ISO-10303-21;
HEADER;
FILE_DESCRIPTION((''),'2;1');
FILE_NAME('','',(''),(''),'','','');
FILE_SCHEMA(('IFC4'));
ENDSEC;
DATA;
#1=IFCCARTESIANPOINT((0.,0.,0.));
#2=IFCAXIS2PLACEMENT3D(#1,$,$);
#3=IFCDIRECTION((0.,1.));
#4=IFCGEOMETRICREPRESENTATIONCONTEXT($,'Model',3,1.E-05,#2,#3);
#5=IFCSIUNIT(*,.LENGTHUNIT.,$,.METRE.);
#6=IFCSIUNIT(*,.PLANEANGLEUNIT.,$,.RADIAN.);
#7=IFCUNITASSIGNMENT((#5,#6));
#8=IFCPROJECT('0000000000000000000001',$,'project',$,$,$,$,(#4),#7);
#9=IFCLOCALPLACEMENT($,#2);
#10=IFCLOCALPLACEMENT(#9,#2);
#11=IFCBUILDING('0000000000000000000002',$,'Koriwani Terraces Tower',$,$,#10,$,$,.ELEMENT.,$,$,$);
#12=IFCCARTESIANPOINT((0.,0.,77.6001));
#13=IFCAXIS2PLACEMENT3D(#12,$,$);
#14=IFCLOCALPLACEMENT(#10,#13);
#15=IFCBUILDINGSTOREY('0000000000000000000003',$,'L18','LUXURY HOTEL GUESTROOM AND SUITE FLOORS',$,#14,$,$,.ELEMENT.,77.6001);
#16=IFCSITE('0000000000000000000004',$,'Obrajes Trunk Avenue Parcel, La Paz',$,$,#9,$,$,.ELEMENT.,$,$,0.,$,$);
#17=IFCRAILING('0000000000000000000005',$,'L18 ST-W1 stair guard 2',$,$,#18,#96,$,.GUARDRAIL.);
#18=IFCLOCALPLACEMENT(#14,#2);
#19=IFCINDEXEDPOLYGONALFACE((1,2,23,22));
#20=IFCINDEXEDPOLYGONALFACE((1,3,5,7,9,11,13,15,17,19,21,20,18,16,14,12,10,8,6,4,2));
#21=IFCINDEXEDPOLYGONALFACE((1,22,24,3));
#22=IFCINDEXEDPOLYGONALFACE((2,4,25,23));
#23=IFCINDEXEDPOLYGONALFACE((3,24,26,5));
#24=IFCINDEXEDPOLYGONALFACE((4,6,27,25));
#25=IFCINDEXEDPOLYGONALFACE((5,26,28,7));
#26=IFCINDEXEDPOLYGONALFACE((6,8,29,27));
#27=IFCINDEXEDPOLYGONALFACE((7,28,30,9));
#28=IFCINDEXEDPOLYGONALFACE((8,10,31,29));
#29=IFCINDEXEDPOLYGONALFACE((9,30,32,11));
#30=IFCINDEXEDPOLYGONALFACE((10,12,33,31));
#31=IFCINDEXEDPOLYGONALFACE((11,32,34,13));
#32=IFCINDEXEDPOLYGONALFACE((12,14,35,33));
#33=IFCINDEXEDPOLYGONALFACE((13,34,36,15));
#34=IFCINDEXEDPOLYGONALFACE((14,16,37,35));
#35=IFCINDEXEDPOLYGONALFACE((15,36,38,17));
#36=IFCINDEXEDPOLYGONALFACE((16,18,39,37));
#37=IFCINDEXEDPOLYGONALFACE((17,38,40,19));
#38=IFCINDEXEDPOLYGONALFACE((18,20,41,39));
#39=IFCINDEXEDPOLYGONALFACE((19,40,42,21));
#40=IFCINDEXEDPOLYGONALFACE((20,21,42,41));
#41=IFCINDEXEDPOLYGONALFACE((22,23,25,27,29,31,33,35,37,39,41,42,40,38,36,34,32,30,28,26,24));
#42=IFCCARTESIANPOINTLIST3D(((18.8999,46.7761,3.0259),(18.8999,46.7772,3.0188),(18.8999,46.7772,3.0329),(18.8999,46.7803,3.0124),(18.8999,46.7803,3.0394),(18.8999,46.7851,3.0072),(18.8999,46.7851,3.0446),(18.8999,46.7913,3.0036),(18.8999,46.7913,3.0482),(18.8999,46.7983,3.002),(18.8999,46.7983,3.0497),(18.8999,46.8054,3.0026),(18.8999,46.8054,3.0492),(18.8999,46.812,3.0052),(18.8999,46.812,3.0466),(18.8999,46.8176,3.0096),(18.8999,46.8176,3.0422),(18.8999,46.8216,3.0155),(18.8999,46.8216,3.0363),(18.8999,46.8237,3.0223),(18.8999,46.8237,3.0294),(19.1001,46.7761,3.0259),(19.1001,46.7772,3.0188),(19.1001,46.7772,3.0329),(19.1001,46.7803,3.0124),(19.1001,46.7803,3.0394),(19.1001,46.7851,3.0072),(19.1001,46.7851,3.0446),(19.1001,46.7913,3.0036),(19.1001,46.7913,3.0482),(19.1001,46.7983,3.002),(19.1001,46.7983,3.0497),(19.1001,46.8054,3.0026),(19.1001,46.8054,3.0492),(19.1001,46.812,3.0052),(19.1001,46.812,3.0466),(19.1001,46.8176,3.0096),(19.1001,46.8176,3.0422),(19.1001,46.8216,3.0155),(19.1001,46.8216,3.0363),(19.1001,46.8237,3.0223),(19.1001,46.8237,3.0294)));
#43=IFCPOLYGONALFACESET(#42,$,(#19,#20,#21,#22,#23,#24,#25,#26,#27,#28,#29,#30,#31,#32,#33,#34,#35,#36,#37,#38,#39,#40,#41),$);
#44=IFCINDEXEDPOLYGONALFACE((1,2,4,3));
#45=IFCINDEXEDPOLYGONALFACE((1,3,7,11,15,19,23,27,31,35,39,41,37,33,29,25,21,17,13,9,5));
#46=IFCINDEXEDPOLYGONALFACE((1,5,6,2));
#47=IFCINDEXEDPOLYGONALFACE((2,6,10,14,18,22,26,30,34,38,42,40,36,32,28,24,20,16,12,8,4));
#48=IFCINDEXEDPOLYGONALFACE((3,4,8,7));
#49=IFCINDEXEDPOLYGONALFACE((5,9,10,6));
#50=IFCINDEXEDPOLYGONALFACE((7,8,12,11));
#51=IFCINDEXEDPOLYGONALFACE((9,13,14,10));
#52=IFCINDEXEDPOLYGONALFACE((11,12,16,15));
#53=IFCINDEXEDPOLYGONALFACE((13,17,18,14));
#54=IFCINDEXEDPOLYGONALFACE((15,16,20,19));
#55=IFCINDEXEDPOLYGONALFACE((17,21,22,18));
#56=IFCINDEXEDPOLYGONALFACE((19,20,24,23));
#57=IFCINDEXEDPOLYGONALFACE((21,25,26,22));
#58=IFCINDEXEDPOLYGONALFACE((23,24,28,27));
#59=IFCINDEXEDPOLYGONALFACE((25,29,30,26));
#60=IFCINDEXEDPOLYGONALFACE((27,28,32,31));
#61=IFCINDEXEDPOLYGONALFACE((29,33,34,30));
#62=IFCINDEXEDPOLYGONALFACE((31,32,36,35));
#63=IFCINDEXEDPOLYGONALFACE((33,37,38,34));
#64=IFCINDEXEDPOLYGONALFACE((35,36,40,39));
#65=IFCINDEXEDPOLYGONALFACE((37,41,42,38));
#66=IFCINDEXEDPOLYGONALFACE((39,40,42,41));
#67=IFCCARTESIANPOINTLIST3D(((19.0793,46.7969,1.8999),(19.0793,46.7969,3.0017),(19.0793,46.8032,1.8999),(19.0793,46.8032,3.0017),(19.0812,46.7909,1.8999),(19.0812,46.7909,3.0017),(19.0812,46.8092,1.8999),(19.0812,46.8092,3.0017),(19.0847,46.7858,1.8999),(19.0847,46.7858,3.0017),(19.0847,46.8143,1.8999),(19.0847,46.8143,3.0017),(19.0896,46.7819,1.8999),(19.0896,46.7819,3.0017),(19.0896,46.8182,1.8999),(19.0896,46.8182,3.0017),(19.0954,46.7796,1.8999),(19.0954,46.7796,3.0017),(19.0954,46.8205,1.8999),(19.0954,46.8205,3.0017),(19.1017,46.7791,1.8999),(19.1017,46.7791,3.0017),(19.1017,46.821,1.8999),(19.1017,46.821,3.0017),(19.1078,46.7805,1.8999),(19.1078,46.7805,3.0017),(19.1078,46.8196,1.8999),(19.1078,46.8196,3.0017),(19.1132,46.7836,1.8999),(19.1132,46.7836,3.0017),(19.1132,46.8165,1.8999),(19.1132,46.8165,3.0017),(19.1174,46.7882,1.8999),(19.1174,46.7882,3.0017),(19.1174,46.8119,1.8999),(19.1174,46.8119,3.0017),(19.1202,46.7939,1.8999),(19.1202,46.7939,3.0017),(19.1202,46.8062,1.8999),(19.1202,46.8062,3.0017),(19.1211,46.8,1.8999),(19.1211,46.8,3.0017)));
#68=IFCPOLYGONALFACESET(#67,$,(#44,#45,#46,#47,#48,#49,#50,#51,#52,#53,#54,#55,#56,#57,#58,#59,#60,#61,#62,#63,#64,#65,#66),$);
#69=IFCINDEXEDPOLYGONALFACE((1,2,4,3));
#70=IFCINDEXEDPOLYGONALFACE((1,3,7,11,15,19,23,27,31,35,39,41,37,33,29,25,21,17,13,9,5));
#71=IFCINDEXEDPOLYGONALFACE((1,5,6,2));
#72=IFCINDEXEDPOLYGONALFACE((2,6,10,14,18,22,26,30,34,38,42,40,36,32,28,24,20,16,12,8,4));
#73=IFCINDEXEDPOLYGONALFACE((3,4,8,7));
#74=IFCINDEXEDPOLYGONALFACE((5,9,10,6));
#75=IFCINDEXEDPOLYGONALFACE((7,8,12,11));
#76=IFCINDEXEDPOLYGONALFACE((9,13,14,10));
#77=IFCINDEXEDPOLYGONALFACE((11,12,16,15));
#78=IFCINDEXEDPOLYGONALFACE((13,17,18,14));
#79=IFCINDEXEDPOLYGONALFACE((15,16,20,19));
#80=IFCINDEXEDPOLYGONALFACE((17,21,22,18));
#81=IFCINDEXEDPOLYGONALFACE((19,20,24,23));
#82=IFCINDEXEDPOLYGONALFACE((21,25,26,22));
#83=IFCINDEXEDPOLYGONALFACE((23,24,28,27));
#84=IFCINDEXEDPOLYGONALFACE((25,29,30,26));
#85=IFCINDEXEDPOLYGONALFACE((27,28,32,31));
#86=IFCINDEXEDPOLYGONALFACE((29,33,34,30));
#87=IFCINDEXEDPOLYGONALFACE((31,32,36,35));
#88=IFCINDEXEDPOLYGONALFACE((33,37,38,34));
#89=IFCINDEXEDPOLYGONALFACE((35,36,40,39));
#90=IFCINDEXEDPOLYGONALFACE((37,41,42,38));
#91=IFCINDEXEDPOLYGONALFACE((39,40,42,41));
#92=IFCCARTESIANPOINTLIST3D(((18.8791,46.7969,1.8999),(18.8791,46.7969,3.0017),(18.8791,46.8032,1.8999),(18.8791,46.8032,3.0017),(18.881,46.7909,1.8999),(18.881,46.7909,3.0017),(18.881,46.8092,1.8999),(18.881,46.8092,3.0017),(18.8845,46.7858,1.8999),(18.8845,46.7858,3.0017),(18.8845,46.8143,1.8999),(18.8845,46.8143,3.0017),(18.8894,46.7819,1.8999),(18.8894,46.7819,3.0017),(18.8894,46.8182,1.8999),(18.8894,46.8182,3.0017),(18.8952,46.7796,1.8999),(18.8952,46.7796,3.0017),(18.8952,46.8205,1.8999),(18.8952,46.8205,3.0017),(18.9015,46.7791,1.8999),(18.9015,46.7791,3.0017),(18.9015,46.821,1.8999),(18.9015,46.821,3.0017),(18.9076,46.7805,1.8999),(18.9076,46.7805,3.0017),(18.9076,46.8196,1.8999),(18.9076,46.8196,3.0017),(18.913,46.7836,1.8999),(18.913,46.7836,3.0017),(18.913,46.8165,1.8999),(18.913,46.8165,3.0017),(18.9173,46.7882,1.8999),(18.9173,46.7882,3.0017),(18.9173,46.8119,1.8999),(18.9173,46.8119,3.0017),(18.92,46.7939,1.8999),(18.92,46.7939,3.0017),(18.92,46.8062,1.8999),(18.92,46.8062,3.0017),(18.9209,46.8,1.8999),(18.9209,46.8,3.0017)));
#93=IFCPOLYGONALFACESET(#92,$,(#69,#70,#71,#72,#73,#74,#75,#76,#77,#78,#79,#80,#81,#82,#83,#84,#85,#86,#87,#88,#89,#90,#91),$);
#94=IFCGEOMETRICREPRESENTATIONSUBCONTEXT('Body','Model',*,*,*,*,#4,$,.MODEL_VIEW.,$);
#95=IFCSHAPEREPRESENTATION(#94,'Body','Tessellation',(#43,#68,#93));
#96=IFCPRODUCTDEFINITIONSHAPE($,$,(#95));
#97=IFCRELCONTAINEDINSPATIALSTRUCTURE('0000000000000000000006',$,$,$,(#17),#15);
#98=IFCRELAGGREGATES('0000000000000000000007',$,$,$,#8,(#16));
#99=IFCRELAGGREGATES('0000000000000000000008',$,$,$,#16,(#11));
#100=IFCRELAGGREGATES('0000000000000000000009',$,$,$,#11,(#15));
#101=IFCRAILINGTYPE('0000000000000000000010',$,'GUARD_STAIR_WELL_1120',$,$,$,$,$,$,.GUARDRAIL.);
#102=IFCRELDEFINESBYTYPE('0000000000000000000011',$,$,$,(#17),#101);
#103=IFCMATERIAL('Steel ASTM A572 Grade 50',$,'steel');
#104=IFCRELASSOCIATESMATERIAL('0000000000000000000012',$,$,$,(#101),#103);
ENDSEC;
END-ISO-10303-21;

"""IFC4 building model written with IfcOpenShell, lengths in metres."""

from ifc_helpers import new_model, si_unit, direction, frame, origin, origin_2d, place, context, subcontext, project, spatial, circle, extrude, material, type_object, element, save


model = new_model("IFC4")

# Units and contexts
model_context = context("Model", 3, precision=1e-05, world=origin(), true_north=direction((0.0, 1.0)))
body_context = subcontext(model_context, "Body", "Model", "MODEL_VIEW")
ifc_project = project(units=[si_unit("LENGTHUNIT", "METRE"), si_unit("PLANEANGLEUNIT", "RADIAN")], contexts=[model_context])

# Site, building, storey
site_placement = place(None, origin())
site = spatial("IfcSite", under=ifc_project, at=site_placement, Name="Obrajes Trunk Avenue Parcel, La Paz", CompositionType="ELEMENT", RefElevation=0.0)
building_placement = place(site_placement, origin())
building = spatial("IfcBuilding", under=site, at=building_placement, Name="Koriwani Terraces Tower", CompositionType="ELEMENT")
storey_placement = place(building_placement, frame((0.0, 0.0, 77.6001)))
storey = spatial("IfcBuildingStorey", under=building, at=storey_placement, Name="L18", Description="LUXURY HOTEL GUESTROOM AND SUITE FLOORS", CompositionType="ELEMENT", Elevation=77.6001)

# Shared definitions
ifc_material_1 = material(Name="Steel ASTM A572 Grade 50", Category="steel")

# Railing
railing_type = type_object("IfcRailingType", Name="GUARD_STAIR_WELL_1120", PredefinedType="GUARDRAIL", material=ifc_material_1)
railing_1_placement = place(storey_placement, frame((19.1001, 46.8, 1.8999)))
element("IfcRailing", 1, at=railing_1_placement, inside=storey, type_object=railing_type, Name="L18 ST-W1 stair guard 2", PredefinedType="GUARDRAIL", context=body_context, shape_type="SweptSolid", body=[
    extrude(circle(Radius=0.0239, at=origin_2d()), frame((0.0, 0.0, 1.126), z_axis=(-1.0, 0.0, 0.0), x_axis=(0.0, -1.0, 0.0)), (0.0, 0.0, 1.0), 0.2002),
    extrude(circle(Radius=0.021, at=origin_2d()), origin(), (0.0, 0.0, 1.0), 1.1018),
    extrude(circle(Radius=0.021, at=origin_2d()), frame((-0.2002, 0.0, 0.0)), (0.0, 0.0, 1.0), 1.1018),
])

save(model, "model.ifc")
